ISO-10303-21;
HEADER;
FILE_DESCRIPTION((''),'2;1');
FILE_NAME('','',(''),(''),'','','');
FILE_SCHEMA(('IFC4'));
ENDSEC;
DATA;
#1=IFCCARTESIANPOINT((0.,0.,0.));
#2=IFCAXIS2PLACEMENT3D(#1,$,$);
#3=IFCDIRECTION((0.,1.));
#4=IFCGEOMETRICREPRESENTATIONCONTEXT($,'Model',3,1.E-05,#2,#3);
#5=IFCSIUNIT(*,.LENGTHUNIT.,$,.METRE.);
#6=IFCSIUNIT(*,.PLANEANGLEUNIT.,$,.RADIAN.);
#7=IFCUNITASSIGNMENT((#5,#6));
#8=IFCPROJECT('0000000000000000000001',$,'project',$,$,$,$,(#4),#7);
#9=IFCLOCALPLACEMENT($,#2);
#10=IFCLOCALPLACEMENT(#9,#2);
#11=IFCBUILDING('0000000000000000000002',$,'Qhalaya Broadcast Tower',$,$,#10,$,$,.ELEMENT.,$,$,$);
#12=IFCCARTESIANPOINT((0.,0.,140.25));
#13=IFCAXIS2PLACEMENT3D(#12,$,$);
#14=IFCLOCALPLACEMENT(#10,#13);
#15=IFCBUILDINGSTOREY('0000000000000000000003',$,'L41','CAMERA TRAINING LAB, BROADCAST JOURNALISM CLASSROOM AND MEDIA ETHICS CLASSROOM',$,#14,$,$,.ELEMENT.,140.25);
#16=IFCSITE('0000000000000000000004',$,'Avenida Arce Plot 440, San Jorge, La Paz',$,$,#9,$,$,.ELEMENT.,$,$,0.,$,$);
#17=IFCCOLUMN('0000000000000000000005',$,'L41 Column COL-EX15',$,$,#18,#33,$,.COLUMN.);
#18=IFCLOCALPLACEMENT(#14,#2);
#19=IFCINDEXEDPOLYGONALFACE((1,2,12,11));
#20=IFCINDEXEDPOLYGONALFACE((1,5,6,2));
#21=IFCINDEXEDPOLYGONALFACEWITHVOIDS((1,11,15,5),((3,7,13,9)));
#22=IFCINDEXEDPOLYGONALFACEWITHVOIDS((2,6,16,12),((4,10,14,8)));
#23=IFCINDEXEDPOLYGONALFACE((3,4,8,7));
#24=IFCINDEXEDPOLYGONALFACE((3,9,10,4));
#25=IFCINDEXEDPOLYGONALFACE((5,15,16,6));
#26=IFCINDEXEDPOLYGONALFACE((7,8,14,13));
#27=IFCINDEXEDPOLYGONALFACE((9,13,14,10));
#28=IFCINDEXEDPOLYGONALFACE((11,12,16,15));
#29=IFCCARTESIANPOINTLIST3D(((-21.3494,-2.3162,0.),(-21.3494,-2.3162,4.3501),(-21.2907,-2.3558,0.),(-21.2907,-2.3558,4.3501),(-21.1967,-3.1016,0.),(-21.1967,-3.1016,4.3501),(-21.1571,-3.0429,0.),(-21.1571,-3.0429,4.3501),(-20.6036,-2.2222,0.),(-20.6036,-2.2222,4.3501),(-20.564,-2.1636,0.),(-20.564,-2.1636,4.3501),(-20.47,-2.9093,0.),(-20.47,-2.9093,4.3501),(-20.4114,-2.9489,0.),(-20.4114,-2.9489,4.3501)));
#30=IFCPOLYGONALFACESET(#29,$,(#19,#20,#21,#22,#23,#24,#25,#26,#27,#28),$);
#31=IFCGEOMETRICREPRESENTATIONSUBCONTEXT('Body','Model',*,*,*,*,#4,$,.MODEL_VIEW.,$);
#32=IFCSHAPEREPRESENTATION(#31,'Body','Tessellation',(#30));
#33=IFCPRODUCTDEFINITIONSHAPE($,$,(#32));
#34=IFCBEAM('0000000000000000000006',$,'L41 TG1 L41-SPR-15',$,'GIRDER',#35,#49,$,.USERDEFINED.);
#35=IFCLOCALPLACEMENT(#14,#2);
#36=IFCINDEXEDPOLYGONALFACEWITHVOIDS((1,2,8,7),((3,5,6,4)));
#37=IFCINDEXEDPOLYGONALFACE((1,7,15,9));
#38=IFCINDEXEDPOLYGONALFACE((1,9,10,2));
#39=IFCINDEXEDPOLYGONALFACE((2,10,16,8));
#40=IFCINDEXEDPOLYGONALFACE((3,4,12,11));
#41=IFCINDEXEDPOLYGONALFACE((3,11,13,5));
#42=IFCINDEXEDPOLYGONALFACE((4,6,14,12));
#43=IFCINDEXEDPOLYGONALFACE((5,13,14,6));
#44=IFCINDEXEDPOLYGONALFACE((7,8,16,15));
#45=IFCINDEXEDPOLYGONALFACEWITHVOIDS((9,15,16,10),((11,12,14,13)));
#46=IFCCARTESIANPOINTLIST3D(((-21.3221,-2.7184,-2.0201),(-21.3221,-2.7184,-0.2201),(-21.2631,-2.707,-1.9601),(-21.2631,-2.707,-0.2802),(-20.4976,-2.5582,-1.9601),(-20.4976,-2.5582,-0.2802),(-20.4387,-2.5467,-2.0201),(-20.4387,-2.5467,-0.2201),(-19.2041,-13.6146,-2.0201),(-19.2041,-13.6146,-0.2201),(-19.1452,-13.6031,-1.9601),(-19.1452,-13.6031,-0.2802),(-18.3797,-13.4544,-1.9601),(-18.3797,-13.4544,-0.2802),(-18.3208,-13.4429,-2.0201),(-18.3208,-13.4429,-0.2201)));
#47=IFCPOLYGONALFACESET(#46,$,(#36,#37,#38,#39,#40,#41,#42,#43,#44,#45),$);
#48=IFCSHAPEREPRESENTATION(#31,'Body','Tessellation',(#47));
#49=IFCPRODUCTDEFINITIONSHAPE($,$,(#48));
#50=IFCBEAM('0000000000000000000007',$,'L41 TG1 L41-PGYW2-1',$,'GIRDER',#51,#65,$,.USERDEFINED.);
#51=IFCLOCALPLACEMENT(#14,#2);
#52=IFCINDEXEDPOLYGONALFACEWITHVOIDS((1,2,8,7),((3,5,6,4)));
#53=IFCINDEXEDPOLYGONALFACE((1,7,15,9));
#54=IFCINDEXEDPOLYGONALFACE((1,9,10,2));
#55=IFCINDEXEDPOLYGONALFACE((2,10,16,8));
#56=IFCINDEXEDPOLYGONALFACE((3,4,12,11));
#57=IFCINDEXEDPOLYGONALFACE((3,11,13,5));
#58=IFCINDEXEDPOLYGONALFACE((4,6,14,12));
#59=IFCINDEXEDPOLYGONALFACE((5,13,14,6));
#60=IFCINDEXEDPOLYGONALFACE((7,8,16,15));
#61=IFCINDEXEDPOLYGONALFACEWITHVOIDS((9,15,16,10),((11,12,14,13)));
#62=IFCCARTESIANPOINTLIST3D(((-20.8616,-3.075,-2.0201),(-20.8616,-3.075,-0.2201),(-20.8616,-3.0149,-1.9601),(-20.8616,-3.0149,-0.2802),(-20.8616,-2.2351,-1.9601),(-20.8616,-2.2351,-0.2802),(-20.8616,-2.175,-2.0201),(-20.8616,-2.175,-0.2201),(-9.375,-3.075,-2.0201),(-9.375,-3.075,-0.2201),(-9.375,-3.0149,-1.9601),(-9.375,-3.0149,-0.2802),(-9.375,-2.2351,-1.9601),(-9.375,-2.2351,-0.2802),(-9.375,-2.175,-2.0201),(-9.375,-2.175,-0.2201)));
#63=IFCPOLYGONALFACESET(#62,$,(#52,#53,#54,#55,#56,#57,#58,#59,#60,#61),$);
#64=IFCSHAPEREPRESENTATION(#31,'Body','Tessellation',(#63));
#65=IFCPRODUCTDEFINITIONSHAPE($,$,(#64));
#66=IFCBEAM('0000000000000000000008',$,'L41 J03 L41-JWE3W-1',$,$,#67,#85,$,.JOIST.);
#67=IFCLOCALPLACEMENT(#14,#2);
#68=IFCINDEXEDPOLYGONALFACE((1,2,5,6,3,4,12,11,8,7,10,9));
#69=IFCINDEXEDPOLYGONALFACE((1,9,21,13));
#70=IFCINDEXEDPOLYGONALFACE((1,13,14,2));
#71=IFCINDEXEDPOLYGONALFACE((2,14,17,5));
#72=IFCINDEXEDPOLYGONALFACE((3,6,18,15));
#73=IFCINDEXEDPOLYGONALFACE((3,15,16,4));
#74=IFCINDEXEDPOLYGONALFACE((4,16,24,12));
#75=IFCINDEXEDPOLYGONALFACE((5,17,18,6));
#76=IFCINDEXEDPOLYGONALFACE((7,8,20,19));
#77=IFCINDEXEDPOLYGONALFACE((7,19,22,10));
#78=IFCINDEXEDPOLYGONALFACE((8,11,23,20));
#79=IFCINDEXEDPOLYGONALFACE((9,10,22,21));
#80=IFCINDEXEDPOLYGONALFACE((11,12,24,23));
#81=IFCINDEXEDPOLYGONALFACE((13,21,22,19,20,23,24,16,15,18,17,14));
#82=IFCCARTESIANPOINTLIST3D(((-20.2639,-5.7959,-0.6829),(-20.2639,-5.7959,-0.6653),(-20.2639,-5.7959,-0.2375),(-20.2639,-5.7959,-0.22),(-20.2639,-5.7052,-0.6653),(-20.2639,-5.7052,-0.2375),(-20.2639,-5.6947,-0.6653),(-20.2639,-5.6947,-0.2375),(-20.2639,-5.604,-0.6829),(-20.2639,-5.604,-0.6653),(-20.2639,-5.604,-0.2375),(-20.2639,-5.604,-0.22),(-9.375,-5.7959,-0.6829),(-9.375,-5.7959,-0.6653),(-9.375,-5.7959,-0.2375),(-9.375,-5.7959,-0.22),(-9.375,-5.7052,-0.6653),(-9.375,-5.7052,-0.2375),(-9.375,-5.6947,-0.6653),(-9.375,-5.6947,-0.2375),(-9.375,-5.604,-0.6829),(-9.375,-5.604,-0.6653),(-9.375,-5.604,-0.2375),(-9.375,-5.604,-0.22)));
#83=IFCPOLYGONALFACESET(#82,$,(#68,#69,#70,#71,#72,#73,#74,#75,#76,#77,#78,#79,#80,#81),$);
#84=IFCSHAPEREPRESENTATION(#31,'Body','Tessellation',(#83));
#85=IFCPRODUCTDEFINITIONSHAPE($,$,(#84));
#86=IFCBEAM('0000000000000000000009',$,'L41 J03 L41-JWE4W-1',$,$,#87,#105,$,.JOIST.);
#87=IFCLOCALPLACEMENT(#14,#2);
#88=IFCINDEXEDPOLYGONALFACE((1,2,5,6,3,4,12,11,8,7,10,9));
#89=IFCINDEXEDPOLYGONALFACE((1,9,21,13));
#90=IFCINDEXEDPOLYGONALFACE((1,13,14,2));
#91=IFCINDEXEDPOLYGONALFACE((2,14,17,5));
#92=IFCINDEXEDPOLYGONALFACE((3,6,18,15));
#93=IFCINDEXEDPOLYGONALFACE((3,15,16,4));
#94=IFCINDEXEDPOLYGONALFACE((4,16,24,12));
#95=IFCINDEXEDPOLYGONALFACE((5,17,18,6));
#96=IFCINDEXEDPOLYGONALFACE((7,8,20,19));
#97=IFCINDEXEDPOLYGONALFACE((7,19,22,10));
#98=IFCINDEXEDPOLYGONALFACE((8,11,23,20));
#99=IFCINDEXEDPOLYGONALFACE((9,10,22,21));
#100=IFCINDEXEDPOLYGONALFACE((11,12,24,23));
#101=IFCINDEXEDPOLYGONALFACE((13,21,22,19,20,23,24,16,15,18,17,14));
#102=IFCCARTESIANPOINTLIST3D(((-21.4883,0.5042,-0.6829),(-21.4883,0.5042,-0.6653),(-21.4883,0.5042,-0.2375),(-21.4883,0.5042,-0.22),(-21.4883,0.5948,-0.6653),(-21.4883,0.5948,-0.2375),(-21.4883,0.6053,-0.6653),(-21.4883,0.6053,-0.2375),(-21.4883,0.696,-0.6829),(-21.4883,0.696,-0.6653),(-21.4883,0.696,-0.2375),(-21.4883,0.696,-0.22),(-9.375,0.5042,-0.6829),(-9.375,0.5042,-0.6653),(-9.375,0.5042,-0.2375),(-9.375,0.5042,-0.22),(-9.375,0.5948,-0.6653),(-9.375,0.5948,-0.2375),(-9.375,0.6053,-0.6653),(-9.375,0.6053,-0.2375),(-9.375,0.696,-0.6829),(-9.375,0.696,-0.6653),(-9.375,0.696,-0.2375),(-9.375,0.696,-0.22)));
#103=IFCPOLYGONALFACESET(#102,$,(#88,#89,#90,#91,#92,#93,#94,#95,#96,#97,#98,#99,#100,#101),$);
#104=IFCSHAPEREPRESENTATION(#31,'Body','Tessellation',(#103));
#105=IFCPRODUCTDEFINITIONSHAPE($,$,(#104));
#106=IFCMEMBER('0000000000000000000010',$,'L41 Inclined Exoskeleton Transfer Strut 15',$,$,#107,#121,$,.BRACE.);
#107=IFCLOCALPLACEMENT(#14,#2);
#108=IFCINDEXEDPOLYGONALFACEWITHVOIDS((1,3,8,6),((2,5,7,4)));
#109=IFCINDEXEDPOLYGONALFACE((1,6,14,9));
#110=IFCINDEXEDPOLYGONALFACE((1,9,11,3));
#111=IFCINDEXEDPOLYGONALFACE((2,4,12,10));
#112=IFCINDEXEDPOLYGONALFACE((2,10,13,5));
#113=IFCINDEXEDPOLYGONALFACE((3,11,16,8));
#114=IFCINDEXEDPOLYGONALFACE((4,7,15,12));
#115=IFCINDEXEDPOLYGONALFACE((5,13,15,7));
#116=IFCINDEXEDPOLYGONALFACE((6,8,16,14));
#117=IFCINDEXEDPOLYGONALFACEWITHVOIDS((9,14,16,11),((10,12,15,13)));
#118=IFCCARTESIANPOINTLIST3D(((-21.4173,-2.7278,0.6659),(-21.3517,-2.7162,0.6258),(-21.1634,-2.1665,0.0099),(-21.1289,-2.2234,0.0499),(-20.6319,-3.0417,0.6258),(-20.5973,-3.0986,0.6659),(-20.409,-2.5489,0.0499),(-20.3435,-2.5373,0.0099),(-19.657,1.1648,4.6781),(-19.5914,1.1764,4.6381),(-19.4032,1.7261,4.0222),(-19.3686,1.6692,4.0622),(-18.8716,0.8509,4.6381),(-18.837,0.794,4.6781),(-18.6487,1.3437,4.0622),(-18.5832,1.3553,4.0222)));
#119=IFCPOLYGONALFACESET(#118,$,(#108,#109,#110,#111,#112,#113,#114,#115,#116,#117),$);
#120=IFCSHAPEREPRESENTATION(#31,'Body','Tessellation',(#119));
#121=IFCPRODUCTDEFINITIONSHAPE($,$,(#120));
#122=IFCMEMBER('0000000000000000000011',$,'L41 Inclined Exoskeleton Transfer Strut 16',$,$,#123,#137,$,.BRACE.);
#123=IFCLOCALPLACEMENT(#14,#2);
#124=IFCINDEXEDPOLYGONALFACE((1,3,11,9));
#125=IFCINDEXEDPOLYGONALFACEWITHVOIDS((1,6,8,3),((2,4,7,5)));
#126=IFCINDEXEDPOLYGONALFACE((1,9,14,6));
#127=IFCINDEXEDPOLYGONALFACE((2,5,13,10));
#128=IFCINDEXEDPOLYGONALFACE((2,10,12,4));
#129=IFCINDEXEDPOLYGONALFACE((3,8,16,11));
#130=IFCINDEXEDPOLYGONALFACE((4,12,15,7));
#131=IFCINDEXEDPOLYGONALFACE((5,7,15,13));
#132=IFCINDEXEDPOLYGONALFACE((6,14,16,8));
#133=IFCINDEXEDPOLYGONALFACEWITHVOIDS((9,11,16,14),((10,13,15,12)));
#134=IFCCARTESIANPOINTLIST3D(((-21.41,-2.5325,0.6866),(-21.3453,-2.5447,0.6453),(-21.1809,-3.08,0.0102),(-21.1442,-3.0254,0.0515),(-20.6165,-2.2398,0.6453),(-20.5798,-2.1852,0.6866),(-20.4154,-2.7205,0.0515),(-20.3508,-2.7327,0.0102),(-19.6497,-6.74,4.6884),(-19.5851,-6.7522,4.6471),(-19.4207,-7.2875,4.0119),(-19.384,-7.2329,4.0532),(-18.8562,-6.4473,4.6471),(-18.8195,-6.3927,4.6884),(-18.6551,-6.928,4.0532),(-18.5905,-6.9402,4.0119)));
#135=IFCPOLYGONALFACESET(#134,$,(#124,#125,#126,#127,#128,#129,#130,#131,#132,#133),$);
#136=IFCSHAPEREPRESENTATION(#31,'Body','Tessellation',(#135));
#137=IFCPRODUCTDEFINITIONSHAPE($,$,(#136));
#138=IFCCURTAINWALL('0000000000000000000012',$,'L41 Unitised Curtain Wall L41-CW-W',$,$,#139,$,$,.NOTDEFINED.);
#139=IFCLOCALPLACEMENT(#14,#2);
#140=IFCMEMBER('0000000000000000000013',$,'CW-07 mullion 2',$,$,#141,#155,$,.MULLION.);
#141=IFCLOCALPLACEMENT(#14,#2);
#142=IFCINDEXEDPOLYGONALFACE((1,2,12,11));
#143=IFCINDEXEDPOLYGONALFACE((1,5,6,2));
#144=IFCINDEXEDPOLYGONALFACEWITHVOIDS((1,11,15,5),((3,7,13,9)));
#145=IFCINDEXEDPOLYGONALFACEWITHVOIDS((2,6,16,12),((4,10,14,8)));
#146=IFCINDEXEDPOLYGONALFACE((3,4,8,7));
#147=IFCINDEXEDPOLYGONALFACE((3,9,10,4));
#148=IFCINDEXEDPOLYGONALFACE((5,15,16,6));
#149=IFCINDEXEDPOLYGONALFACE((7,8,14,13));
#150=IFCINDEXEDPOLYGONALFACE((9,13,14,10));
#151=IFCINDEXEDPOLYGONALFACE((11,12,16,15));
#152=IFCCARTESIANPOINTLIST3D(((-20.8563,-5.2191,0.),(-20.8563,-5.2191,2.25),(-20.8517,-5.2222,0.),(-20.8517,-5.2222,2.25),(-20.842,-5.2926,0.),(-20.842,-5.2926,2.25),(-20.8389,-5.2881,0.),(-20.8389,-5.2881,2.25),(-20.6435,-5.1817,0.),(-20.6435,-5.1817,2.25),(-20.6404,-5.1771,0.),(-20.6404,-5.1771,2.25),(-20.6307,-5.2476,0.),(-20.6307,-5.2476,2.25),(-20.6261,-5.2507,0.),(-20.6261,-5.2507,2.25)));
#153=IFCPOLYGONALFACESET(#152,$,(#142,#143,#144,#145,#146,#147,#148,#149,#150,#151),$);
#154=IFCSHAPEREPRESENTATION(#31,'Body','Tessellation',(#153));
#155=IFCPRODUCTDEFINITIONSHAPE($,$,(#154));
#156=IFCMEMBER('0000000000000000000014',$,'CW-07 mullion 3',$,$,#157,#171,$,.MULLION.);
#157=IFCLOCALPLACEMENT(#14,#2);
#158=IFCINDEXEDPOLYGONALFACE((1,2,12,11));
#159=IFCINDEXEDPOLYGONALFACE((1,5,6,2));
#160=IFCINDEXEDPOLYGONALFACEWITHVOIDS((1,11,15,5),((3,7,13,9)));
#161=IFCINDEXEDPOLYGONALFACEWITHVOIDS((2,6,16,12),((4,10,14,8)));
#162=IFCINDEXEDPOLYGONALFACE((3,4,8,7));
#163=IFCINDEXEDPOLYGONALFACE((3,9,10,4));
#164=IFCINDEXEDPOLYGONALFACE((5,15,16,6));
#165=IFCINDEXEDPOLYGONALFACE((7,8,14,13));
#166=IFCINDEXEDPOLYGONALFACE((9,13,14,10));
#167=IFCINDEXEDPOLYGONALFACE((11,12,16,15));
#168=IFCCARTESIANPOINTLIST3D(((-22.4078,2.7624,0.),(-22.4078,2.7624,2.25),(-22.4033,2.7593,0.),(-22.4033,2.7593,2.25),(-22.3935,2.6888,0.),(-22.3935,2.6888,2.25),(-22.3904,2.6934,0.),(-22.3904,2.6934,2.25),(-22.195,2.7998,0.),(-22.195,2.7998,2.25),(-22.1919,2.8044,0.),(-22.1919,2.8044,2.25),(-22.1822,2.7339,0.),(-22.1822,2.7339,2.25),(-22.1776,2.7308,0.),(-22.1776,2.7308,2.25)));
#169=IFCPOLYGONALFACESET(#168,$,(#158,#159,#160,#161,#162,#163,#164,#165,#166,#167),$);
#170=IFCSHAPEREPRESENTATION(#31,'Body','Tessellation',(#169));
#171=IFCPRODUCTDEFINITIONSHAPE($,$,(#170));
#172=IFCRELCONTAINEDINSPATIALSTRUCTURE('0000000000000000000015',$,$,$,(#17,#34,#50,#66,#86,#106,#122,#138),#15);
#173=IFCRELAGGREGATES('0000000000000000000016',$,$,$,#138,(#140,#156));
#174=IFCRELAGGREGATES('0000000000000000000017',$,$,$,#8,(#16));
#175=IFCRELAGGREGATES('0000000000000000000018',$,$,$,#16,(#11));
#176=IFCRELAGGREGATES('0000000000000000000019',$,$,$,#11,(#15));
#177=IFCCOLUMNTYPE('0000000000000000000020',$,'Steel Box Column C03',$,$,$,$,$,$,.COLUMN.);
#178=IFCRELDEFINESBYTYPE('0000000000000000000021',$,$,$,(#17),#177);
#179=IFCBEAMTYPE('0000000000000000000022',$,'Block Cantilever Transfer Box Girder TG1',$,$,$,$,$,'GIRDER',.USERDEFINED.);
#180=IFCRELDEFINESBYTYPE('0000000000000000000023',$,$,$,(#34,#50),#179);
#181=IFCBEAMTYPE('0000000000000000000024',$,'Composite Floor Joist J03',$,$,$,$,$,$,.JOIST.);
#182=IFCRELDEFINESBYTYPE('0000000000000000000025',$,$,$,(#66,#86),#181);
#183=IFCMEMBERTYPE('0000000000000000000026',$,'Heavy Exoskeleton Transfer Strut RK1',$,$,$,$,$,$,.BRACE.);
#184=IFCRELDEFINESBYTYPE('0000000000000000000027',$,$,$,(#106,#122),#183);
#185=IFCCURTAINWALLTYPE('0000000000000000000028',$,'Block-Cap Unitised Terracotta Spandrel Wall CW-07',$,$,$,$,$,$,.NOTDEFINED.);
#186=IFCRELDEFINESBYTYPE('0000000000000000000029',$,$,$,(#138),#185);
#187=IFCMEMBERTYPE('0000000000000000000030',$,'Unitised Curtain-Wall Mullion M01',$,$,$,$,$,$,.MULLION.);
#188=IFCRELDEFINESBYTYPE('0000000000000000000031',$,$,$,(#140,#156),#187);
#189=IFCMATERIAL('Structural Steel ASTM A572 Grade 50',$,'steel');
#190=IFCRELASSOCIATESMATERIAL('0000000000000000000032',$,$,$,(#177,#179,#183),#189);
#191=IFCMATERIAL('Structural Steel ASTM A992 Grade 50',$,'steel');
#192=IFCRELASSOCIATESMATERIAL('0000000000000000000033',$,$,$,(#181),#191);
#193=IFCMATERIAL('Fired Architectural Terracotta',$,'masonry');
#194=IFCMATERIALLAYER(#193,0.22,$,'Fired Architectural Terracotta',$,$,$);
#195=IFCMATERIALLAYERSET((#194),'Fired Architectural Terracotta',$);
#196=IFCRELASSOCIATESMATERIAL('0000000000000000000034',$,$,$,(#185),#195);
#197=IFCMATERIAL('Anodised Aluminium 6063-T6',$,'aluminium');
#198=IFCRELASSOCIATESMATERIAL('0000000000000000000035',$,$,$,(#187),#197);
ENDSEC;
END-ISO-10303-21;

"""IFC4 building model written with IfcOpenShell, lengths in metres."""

from ifc_helpers import new_model, si_unit, direction, frame, origin, origin_2d, place, context, subcontext, project, spatial, hollow_rectangle, i_section, extrude, material, layer, layer_set, material_profile, profile_set, type_object, element, aggregate, save


model = new_model("IFC4")

# Units and contexts
model_context = context("Model", 3, precision=1e-05, world=origin(), true_north=direction((0.0, 1.0)))
body_context = subcontext(model_context, "Body", "Model", "MODEL_VIEW")
ifc_project = project(units=[si_unit("LENGTHUNIT", "METRE"), si_unit("PLANEANGLEUNIT", "RADIAN")], contexts=[model_context])

# Site, building, storey
site_placement = place(None, origin())
site = spatial("IfcSite", under=ifc_project, at=site_placement, Name="Avenida Arce Plot 440, San Jorge, La Paz", CompositionType="ELEMENT", RefElevation=0.0)
building_placement = place(site_placement, origin())
building = spatial("IfcBuilding", under=site, at=building_placement, Name="Qhalaya Broadcast Tower", CompositionType="ELEMENT")
storey_placement = place(building_placement, frame((0.0, 0.0, 140.25)))
storey = spatial("IfcBuildingStorey", under=building, at=storey_placement, Name="L41", Description="CAMERA TRAINING LAB, BROADCAST JOURNALISM CLASSROOM AND MEDIA ETHICS CLASSROOM", CompositionType="ELEMENT", Elevation=140.25)

# Column
ifc_material_1 = material(Name="Structural Steel ASTM A572 Grade 50", Category="steel")
ifc_material_profile_1 = material_profile(ifc_material_1, hollow_rectangle(XDim=0.8, YDim=0.8, WallThickness=0.05, at=origin_2d()), Name="BOX 800x800x50")
ifc_profile_set_1 = profile_set([ifc_material_profile_1], Name="Structural Steel ASTM A572 Grade 50")
column_type = type_object("IfcColumnType", Name="Steel Box Column C03", PredefinedType="COLUMN", material=ifc_profile_set_1)
column_placement = place(storey_placement, frame((-20.8804, -2.6326, 0.0), z_axis=(0.0, 0.0, 1.0), x_axis=(-0.190809, 0.981627, 0.0)))
element("IfcColumn", 1, at=column_placement, inside=storey, type_object=column_type, Name="L41 Column COL-EX15", PredefinedType="COLUMN", context=body_context, shape_type="SweptSolid", body=[
    extrude(hollow_rectangle(XDim=0.8, YDim=0.8, WallThickness=0.05, at=origin_2d()), origin(), (0.0, 0.0, 1.0), 4.3501),
])

# Beams
ifc_material_profile_2 = material_profile(ifc_material_1, hollow_rectangle(XDim=0.8999, YDim=1.8, WallThickness=0.0601, at=origin_2d()), Name="BOX 900x1800x60")
ifc_profile_set_2 = profile_set([ifc_material_profile_2], Name="Structural Steel ASTM A572 Grade 50")
beam_type_1 = type_object("IfcBeamType", Name="Block Cantilever Transfer Box Girder TG1", ElementType="GIRDER", PredefinedType="USERDEFINED", material=ifc_profile_set_2)
beam_1_placement = place(storey_placement, frame((-20.8804, -2.6326, -1.1201), z_axis=(0.190801, -0.981629, 0.0), x_axis=(0.981629, 0.190801, 0.0)))
element("IfcBeam", 2, at=beam_1_placement, inside=storey, type_object=beam_type_1, Name="L41 TG1 L41-SPR-15", ObjectType="GIRDER", PredefinedType="USERDEFINED", context=body_context, shape_type="SweptSolid", body=[
    extrude(hollow_rectangle(XDim=0.8999, YDim=1.8, WallThickness=0.0601, at=origin_2d()), origin(), (0.0, 0.0, 1.0), 11.1001),
])
beam_2_placement = place(storey_placement, frame((-20.8616, -2.625, -1.1201), z_axis=(1.0, 0.0, 0.0), x_axis=(0.0, 1.0, 0.0)))
element("IfcBeam", 3, at=beam_2_placement, inside=storey, type_object=beam_type_1, Name="L41 TG1 L41-PGYW2-1", ObjectType="GIRDER", PredefinedType="USERDEFINED", context=body_context, shape_type="SweptSolid", body=[
    extrude(hollow_rectangle(XDim=0.8999, YDim=1.8, WallThickness=0.0601, at=origin_2d()), origin(), (0.0, 0.0, 1.0), 11.4866),
])
ifc_material_2 = material(Name="Structural Steel ASTM A992 Grade 50", Category="steel")
ifc_material_profile_3 = material_profile(ifc_material_2, i_section(OverallWidth=0.1919, OverallDepth=0.4629, WebThickness=0.0105, FlangeThickness=0.0176, at=origin_2d()), Name="W18X60")
ifc_profile_set_3 = profile_set([ifc_material_profile_3], Name="Structural Steel ASTM A992 Grade 50")
beam_type_2 = type_object("IfcBeamType", Name="Composite Floor Joist J03", PredefinedType="JOIST", material=ifc_profile_set_3)
beam_3_placement = place(storey_placement, frame((-20.2639, -5.7, -0.4514), z_axis=(1.0, 0.0, 0.0), x_axis=(0.0, 1.0, 0.0)))
element("IfcBeam", 4, at=beam_3_placement, inside=storey, type_object=beam_type_2, Name="L41 J03 L41-JWE3W-1", PredefinedType="JOIST", context=body_context, shape_type="SweptSolid", body=[
    extrude(i_section(OverallWidth=0.1919, OverallDepth=0.4629, WebThickness=0.0105, FlangeThickness=0.0176, at=origin_2d()), origin(), (0.0, 0.0, 1.0), 10.8889),
])
beam_4_placement = place(storey_placement, frame((-21.4883, 0.6001, -0.4514), z_axis=(1.0, 0.0, 0.0), x_axis=(0.0, 1.0, 0.0)))
element("IfcBeam", 5, at=beam_4_placement, inside=storey, type_object=beam_type_2, Name="L41 J03 L41-JWE4W-1", PredefinedType="JOIST", context=body_context, shape_type="SweptSolid", body=[
    extrude(i_section(OverallWidth=0.1919, OverallDepth=0.4629, WebThickness=0.0105, FlangeThickness=0.0176, at=origin_2d()), origin(), (0.0, 0.0, 1.0), 12.1133),
])

# Members
ifc_material_profile_4 = material_profile(ifc_material_1, hollow_rectangle(XDim=0.8999, YDim=0.8999, WallThickness=0.0549, at=origin_2d()), Name="BOX 900x900x55")
ifc_profile_set_4 = profile_set([ifc_material_profile_4], Name="Structural Steel ASTM A572 Grade 50")
member_type_1 = type_object("IfcMemberType", Name="Heavy Exoskeleton Transfer Strut RK1", PredefinedType="BRACE", material=ifc_profile_set_4)
member_1_placement = place(storey_placement, frame((-20.8804, -2.6326, 0.3379), z_axis=(0.300346, 0.664177, 0.684589), x_axis=(-0.911167, 0.412037, 0.0)))
element("IfcMember", 6, at=member_1_placement, inside=storey, type_object=member_type_1, Name="L41 Inclined Exoskeleton Transfer Strut 15", PredefinedType="BRACE", context=body_context, shape_type="SweptSolid", body=[
    extrude(hollow_rectangle(XDim=0.8999, YDim=0.8999, WallThickness=0.0549, at=origin_2d()), origin(), (0.0, 0.0, 1.0), 5.8608),
])
member_2_placement = place(storey_placement, frame((-20.8804, -2.6326, 0.3484), z_axis=(0.290109, -0.693444, 0.659524), x_axis=(0.922522, 0.385945, 0.0)))
element("IfcMember", 7, at=member_2_placement, inside=storey, type_object=member_type_1, Name="L41 Inclined Exoskeleton Transfer Strut 16", PredefinedType="BRACE", context=body_context, shape_type="SweptSolid", body=[
    extrude(hollow_rectangle(XDim=0.8999, YDim=0.8999, WallThickness=0.0549, at=origin_2d()), origin(), (0.0, 0.0, 1.0), 6.0676),
])

# Curtain wall, members
ifc_material_3 = material(Name="Fired Architectural Terracotta", Category="masonry")
ifc_layer_1 = layer(ifc_material_3, 0.22, Name="Fired Architectural Terracotta")
ifc_layer_set_1 = layer_set([ifc_layer_1], Name="Fired Architectural Terracotta")
curtain_wall_type = type_object("IfcCurtainWallType", Name="Block-Cap Unitised Terracotta Spandrel Wall CW-07", PredefinedType="NOTDEFINED", material=ifc_layer_set_1)
curtain_wall_placement = place(storey_placement, origin())
curtain_wall = element("IfcCurtainWall", 8, at=curtain_wall_placement, inside=storey, type_object=curtain_wall_type, Name="L41 Unitised Curtain Wall L41-CW-W", PredefinedType="NOTDEFINED")
ifc_material_4 = material(Name="Anodised Aluminium 6063-T6", Category="aluminium")
ifc_material_profile_5 = material_profile(ifc_material_4, hollow_rectangle(XDim=0.075, YDim=0.22, WallThickness=0.0039, at=origin_2d()), Name="ALU-MUL 75x220x4")
ifc_profile_set_5 = profile_set([ifc_material_profile_5], Name="Anodised Aluminium 6063-T6")
member_type_2 = type_object("IfcMemberType", Name="Unitised Curtain-Wall Mullion M01", PredefinedType="MULLION", material=ifc_profile_set_5)
member_3_placement = place(storey_placement, frame((-20.7412, -5.2349, 0.0), z_axis=(0.0, 0.0, 1.0), x_axis=(-0.19081, 0.981627, 0.0)))
member_3 = element("IfcMember", 9, at=member_3_placement, type_object=member_type_2, Name="CW-07 mullion 2", PredefinedType="MULLION", context=body_context, shape_type="SweptSolid", body=[
    extrude(hollow_rectangle(XDim=0.075, YDim=0.22, WallThickness=0.0039, at=origin_2d()), origin(), (0.0, 0.0, 1.0), 2.25),
])
member_4_placement = place(storey_placement, frame((-22.2927, 2.7466, 0.0), z_axis=(0.0, 0.0, 1.0), x_axis=(-0.19081, 0.981627, 0.0)))
member_4 = element("IfcMember", 10, at=member_4_placement, type_object=member_type_2, Name="CW-07 mullion 3", PredefinedType="MULLION", context=body_context, shape_type="SweptSolid", body=[
    extrude(hollow_rectangle(XDim=0.075, YDim=0.22, WallThickness=0.0039, at=origin_2d()), origin(), (0.0, 0.0, 1.0), 2.25),
])

aggregate(curtain_wall, [member_3, member_4])

save(model, "model.ifc")
